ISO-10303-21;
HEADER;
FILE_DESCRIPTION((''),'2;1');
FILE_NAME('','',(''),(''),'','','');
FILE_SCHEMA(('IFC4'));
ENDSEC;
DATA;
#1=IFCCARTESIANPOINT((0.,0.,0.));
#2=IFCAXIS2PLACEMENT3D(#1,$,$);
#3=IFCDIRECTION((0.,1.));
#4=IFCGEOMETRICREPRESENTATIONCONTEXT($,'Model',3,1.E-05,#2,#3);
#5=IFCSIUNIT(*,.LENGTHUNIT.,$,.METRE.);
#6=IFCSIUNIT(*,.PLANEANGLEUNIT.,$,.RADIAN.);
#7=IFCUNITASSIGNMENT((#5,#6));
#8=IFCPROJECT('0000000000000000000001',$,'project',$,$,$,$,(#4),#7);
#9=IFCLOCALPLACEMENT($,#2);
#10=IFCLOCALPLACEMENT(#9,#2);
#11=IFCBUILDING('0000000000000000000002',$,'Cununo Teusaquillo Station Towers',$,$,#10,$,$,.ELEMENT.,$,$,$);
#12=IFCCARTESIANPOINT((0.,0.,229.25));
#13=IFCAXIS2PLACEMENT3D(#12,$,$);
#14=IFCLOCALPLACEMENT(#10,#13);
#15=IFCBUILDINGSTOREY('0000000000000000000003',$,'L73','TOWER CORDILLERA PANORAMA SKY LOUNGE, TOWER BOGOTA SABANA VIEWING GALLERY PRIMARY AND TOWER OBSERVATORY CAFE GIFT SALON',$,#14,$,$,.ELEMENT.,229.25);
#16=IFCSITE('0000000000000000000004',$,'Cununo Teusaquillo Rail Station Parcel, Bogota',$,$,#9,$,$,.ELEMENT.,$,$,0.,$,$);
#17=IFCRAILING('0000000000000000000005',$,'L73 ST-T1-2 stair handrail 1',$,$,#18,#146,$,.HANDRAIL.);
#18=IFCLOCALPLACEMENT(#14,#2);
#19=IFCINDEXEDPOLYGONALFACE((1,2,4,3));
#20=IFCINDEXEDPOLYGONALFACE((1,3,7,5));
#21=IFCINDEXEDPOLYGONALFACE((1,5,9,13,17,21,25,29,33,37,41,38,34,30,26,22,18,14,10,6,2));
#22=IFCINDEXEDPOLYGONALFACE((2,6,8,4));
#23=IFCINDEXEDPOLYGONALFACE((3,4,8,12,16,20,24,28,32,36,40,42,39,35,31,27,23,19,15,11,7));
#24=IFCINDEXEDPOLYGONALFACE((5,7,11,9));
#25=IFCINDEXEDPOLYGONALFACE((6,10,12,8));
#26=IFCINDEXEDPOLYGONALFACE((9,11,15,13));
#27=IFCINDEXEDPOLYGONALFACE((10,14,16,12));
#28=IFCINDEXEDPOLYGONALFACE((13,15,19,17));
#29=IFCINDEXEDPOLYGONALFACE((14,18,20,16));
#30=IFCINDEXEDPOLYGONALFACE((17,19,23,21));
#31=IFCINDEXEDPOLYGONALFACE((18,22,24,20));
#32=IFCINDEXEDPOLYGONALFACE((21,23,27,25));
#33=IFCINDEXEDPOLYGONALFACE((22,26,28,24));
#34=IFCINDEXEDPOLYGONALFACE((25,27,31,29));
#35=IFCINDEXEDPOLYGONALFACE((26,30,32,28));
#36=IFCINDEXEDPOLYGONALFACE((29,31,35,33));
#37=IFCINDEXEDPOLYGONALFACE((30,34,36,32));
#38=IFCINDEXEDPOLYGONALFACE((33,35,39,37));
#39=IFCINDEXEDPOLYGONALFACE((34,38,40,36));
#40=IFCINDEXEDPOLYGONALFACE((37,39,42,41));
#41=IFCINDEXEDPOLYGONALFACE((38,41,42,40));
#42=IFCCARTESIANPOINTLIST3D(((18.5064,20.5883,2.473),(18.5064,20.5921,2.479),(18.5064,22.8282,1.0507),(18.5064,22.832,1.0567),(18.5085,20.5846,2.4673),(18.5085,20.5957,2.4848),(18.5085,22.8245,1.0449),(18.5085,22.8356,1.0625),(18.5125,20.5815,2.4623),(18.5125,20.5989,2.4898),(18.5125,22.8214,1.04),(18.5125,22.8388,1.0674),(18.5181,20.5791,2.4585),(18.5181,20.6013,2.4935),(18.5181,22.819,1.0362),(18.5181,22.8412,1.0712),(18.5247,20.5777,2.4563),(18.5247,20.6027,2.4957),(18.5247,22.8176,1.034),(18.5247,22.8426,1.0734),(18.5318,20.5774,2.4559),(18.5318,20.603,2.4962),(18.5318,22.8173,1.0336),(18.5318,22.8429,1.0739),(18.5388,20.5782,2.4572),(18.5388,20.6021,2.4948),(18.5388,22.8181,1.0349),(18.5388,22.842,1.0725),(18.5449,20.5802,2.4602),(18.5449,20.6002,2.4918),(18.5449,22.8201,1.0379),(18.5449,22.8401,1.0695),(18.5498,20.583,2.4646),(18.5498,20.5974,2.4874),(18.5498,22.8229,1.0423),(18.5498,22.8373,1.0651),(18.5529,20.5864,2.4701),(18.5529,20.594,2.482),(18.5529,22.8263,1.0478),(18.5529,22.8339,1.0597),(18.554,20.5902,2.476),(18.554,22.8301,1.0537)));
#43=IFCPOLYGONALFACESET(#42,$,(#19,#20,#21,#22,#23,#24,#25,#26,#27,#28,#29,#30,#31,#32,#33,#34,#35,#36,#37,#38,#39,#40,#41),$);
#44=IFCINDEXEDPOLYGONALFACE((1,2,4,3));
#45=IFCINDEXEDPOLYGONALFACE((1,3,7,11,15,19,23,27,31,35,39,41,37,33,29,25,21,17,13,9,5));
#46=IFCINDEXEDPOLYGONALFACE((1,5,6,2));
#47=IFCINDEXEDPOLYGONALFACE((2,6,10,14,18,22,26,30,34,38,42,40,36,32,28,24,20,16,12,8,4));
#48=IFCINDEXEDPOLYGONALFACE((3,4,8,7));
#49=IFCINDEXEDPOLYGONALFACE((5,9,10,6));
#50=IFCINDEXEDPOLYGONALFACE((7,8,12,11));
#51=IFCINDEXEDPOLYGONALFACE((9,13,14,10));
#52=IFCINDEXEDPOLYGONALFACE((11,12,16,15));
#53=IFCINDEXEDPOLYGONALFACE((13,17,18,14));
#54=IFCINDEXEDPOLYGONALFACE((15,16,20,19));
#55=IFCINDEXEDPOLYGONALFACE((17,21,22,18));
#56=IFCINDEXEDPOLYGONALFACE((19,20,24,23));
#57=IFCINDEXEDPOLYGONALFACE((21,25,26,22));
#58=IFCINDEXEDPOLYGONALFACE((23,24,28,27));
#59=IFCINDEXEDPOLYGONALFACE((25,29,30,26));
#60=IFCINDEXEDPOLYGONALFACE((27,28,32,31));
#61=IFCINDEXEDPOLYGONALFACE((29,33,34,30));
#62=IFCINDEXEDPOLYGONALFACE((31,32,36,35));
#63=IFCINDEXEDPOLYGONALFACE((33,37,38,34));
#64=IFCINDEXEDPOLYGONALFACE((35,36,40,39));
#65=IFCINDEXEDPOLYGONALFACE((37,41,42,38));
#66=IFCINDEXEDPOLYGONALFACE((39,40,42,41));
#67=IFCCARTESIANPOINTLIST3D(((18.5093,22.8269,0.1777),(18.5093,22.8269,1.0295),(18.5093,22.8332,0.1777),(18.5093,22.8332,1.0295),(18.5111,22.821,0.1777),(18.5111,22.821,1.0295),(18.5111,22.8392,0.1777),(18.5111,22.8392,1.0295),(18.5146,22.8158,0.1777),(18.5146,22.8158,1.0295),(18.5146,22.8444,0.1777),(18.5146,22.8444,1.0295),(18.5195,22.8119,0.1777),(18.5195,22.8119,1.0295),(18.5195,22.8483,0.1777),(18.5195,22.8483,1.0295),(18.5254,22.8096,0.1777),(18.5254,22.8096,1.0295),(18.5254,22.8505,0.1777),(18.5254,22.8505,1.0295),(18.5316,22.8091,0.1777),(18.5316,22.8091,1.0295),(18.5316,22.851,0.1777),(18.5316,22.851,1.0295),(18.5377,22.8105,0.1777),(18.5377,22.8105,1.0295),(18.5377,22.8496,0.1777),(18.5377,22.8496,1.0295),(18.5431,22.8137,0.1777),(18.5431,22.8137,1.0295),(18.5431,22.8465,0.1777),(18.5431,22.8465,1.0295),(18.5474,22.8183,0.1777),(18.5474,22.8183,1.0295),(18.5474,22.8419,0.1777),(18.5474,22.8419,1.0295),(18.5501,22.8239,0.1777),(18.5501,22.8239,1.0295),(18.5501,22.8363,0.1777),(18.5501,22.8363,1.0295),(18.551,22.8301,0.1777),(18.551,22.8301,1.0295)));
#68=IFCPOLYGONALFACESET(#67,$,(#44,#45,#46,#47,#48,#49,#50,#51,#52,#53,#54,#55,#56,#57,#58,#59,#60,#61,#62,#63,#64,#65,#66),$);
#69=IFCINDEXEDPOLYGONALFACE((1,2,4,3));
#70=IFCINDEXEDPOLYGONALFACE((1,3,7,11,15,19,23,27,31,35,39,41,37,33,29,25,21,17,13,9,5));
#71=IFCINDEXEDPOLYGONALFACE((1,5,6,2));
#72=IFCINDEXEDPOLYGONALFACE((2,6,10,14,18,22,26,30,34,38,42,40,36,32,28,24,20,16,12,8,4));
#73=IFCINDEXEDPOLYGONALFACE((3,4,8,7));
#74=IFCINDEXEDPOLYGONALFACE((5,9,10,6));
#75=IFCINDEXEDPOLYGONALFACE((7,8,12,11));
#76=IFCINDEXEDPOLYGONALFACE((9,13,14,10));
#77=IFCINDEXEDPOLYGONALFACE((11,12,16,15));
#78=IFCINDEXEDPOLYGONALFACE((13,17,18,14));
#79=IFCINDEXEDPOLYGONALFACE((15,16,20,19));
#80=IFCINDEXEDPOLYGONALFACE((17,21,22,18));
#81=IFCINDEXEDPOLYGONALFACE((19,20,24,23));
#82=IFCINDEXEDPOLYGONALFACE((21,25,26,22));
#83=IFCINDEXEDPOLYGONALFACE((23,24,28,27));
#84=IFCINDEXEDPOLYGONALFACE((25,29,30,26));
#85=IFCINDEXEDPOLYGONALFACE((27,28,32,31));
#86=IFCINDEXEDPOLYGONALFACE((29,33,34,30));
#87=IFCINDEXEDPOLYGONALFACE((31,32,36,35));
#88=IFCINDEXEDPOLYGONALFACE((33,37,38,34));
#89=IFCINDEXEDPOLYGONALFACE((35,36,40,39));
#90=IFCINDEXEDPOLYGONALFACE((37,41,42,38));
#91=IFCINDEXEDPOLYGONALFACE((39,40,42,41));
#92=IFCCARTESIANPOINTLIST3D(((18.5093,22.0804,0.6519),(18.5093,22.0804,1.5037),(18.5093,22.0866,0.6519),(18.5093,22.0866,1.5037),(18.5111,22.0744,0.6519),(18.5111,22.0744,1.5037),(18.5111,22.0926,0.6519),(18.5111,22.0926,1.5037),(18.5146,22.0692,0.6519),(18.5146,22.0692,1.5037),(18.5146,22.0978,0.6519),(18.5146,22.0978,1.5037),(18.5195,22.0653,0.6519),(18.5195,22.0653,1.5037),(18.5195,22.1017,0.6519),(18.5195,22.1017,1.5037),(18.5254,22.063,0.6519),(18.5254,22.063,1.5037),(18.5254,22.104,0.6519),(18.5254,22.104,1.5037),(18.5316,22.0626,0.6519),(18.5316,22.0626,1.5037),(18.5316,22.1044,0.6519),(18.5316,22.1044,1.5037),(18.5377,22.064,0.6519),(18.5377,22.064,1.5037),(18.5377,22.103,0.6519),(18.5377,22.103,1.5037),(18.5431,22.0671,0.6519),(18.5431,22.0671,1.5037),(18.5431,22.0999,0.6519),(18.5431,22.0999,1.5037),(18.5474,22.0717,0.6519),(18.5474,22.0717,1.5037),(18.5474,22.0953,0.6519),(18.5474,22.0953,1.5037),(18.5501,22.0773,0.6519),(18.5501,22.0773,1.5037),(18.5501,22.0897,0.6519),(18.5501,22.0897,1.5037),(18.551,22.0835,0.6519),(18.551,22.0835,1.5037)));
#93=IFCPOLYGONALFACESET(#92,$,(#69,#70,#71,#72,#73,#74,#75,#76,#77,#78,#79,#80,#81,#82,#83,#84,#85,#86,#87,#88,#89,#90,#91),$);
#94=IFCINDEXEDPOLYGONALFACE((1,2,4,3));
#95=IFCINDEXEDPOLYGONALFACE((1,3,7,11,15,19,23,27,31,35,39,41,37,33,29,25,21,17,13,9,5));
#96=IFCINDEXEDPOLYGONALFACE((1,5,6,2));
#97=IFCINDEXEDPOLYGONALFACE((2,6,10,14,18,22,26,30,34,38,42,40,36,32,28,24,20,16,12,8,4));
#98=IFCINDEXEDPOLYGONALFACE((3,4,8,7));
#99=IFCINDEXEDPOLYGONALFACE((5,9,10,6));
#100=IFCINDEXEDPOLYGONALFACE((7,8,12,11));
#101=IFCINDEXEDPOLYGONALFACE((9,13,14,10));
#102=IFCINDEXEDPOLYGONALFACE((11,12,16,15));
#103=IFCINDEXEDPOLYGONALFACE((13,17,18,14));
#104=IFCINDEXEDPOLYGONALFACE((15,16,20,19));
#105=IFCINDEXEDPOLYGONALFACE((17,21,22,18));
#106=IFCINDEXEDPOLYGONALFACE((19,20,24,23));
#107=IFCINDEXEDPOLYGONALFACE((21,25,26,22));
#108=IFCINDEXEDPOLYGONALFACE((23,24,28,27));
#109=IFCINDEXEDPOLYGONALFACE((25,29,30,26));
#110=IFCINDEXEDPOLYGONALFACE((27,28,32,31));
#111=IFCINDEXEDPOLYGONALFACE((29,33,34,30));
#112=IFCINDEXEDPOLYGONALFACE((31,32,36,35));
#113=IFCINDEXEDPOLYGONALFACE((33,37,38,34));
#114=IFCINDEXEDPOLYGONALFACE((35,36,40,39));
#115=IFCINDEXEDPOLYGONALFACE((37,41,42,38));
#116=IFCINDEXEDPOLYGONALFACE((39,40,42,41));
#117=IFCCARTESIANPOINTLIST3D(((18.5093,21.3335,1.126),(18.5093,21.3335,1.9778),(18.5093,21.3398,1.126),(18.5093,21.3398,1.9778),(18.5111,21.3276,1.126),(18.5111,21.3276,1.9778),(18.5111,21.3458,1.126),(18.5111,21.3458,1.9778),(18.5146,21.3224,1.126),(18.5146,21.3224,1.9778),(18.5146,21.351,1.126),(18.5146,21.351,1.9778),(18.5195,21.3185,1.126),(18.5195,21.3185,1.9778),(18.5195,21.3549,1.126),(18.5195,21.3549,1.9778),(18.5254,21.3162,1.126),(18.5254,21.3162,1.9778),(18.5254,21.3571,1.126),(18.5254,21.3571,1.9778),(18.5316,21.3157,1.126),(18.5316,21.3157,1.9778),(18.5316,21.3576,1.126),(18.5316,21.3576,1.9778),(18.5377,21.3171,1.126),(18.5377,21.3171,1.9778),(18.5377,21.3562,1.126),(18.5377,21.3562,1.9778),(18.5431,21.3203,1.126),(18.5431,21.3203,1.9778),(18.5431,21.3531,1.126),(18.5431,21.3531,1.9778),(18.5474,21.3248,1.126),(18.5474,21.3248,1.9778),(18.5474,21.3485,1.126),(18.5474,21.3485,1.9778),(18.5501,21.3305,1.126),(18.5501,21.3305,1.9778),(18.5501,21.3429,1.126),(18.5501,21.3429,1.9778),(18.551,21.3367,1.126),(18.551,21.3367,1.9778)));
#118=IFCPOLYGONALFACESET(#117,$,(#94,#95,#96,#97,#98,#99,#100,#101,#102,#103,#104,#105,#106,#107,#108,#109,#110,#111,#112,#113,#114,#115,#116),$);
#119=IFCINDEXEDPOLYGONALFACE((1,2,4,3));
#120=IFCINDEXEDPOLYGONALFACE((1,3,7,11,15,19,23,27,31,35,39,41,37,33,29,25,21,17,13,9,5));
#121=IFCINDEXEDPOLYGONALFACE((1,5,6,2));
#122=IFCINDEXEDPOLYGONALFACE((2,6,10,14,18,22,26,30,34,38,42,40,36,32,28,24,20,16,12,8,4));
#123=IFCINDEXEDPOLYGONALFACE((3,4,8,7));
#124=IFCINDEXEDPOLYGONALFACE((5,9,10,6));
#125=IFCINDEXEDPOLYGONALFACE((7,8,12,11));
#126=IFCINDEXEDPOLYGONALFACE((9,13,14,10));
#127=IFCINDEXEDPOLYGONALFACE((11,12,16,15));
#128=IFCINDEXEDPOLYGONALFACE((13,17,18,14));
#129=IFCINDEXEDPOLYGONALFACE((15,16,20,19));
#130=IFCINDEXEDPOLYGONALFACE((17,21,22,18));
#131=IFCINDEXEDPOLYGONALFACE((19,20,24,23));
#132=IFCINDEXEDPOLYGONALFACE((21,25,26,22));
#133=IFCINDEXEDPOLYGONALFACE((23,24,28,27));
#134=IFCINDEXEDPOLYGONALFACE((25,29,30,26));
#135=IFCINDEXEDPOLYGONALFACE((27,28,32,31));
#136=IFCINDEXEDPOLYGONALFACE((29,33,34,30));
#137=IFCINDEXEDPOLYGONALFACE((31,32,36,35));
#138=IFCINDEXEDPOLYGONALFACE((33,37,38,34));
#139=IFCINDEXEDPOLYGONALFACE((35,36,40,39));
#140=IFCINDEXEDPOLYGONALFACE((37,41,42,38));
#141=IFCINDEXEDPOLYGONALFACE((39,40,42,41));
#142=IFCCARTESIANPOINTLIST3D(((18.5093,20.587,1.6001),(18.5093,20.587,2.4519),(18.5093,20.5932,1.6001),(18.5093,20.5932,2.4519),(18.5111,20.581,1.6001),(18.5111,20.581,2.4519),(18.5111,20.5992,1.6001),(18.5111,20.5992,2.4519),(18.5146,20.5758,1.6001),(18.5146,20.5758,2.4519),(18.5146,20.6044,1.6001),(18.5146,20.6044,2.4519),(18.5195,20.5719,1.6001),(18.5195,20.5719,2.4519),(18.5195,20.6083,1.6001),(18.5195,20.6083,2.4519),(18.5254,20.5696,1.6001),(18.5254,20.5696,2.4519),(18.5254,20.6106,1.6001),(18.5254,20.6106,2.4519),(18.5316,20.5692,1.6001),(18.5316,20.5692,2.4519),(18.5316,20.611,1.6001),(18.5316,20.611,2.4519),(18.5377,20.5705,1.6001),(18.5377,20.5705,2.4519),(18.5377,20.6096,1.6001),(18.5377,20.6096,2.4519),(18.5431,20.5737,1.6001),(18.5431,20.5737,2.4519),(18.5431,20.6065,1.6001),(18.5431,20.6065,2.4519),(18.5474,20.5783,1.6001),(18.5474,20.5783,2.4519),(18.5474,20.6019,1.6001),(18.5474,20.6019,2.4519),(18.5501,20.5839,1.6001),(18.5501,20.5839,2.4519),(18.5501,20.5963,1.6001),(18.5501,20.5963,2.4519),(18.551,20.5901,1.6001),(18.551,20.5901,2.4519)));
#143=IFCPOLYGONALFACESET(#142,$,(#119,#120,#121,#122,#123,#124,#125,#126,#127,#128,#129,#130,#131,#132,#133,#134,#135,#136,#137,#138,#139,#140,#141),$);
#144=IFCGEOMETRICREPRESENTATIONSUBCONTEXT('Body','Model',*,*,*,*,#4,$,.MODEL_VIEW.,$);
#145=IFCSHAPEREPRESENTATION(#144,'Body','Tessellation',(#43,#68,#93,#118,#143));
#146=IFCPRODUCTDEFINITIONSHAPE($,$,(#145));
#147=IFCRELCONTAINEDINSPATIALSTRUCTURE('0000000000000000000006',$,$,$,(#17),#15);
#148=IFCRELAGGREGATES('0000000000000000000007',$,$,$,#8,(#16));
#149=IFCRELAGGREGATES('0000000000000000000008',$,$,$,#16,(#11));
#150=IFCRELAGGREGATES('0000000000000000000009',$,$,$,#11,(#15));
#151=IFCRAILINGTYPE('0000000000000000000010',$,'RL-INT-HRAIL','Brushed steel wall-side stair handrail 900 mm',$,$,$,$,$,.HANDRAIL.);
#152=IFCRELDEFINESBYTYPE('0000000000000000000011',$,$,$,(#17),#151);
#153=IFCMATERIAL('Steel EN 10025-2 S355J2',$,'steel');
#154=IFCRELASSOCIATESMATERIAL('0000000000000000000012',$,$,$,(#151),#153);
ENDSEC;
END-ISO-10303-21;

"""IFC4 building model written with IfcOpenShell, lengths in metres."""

from ifc_helpers import new_model, si_unit, direction, frame, origin, origin_2d, place, context, subcontext, project, spatial, circle, extrude, material, type_object, element, save


model = new_model("IFC4")

# Units and contexts
model_context = context("Model", 3, precision=1e-05, world=origin(), true_north=direction((0.0, 1.0)))
body_context = subcontext(model_context, "Body", "Model", "MODEL_VIEW")
ifc_project = project(units=[si_unit("LENGTHUNIT", "METRE"), si_unit("PLANEANGLEUNIT", "RADIAN")], contexts=[model_context])

# Site, building, storey
site_placement = place(None, origin())
site = spatial("IfcSite", under=ifc_project, at=site_placement, Name="Cununo Teusaquillo Rail Station Parcel, Bogota", CompositionType="ELEMENT", RefElevation=0.0)
building_placement = place(site_placement, origin())
building = spatial("IfcBuilding", under=site, at=building_placement, Name="Cununo Teusaquillo Station Towers", CompositionType="ELEMENT")
storey_placement = place(building_placement, frame((0.0, 0.0, 229.25)))
storey = spatial("IfcBuildingStorey", under=building, at=storey_placement, Name="L73", Description="TOWER CORDILLERA PANORAMA SKY LOUNGE, TOWER BOGOTA SABANA VIEWING GALLERY PRIMARY AND TOWER OBSERVATORY CAFE GIFT SALON", CompositionType="ELEMENT", Elevation=229.25)

# Railing
ifc_material_1 = material(Name="Steel EN 10025-2 S355J2", Category="steel")
railing_type_1 = type_object("IfcRailingType", Name="RL-INT-HRAIL", Description="Brushed steel wall-side stair handrail 900 mm", PredefinedType="HANDRAIL", material=ifc_material_1)
railing_1_placement = place(storey_placement, frame((18.53, 22.8301, 0.1777)))
element("IfcRailing", 1, at=railing_1_placement, inside=storey, type_object=railing_type_1, Name="L73 ST-T1-2 stair handrail 1", PredefinedType="HANDRAIL", context=body_context, shape_type="SweptSolid", body=[
    extrude(circle(Radius=0.0239, at=origin_2d()), frame((0.0, 0.0, 0.876), z_axis=(0.0, -0.844188, 0.536048), x_axis=(1.0, 0.0, 0.0)), (0.0, 0.0, 1.0), 2.6533),
    extrude(circle(Radius=0.021, at=origin_2d()), origin(), (0.0, 0.0, 1.0), 0.8518),
    extrude(circle(Radius=0.021, at=origin_2d()), frame((0.0, -0.7466, 0.4741)), (0.0, 0.0, 1.0), 0.8518),
    extrude(circle(Radius=0.021, at=origin_2d()), frame((0.0, -1.4934, 0.9482)), (0.0, 0.0, 1.0), 0.8518),
    extrude(circle(Radius=0.021, at=origin_2d()), frame((0.0, -2.24, 1.4224)), (0.0, 0.0, 1.0), 0.8518),
])

save(model, "model.ifc")
